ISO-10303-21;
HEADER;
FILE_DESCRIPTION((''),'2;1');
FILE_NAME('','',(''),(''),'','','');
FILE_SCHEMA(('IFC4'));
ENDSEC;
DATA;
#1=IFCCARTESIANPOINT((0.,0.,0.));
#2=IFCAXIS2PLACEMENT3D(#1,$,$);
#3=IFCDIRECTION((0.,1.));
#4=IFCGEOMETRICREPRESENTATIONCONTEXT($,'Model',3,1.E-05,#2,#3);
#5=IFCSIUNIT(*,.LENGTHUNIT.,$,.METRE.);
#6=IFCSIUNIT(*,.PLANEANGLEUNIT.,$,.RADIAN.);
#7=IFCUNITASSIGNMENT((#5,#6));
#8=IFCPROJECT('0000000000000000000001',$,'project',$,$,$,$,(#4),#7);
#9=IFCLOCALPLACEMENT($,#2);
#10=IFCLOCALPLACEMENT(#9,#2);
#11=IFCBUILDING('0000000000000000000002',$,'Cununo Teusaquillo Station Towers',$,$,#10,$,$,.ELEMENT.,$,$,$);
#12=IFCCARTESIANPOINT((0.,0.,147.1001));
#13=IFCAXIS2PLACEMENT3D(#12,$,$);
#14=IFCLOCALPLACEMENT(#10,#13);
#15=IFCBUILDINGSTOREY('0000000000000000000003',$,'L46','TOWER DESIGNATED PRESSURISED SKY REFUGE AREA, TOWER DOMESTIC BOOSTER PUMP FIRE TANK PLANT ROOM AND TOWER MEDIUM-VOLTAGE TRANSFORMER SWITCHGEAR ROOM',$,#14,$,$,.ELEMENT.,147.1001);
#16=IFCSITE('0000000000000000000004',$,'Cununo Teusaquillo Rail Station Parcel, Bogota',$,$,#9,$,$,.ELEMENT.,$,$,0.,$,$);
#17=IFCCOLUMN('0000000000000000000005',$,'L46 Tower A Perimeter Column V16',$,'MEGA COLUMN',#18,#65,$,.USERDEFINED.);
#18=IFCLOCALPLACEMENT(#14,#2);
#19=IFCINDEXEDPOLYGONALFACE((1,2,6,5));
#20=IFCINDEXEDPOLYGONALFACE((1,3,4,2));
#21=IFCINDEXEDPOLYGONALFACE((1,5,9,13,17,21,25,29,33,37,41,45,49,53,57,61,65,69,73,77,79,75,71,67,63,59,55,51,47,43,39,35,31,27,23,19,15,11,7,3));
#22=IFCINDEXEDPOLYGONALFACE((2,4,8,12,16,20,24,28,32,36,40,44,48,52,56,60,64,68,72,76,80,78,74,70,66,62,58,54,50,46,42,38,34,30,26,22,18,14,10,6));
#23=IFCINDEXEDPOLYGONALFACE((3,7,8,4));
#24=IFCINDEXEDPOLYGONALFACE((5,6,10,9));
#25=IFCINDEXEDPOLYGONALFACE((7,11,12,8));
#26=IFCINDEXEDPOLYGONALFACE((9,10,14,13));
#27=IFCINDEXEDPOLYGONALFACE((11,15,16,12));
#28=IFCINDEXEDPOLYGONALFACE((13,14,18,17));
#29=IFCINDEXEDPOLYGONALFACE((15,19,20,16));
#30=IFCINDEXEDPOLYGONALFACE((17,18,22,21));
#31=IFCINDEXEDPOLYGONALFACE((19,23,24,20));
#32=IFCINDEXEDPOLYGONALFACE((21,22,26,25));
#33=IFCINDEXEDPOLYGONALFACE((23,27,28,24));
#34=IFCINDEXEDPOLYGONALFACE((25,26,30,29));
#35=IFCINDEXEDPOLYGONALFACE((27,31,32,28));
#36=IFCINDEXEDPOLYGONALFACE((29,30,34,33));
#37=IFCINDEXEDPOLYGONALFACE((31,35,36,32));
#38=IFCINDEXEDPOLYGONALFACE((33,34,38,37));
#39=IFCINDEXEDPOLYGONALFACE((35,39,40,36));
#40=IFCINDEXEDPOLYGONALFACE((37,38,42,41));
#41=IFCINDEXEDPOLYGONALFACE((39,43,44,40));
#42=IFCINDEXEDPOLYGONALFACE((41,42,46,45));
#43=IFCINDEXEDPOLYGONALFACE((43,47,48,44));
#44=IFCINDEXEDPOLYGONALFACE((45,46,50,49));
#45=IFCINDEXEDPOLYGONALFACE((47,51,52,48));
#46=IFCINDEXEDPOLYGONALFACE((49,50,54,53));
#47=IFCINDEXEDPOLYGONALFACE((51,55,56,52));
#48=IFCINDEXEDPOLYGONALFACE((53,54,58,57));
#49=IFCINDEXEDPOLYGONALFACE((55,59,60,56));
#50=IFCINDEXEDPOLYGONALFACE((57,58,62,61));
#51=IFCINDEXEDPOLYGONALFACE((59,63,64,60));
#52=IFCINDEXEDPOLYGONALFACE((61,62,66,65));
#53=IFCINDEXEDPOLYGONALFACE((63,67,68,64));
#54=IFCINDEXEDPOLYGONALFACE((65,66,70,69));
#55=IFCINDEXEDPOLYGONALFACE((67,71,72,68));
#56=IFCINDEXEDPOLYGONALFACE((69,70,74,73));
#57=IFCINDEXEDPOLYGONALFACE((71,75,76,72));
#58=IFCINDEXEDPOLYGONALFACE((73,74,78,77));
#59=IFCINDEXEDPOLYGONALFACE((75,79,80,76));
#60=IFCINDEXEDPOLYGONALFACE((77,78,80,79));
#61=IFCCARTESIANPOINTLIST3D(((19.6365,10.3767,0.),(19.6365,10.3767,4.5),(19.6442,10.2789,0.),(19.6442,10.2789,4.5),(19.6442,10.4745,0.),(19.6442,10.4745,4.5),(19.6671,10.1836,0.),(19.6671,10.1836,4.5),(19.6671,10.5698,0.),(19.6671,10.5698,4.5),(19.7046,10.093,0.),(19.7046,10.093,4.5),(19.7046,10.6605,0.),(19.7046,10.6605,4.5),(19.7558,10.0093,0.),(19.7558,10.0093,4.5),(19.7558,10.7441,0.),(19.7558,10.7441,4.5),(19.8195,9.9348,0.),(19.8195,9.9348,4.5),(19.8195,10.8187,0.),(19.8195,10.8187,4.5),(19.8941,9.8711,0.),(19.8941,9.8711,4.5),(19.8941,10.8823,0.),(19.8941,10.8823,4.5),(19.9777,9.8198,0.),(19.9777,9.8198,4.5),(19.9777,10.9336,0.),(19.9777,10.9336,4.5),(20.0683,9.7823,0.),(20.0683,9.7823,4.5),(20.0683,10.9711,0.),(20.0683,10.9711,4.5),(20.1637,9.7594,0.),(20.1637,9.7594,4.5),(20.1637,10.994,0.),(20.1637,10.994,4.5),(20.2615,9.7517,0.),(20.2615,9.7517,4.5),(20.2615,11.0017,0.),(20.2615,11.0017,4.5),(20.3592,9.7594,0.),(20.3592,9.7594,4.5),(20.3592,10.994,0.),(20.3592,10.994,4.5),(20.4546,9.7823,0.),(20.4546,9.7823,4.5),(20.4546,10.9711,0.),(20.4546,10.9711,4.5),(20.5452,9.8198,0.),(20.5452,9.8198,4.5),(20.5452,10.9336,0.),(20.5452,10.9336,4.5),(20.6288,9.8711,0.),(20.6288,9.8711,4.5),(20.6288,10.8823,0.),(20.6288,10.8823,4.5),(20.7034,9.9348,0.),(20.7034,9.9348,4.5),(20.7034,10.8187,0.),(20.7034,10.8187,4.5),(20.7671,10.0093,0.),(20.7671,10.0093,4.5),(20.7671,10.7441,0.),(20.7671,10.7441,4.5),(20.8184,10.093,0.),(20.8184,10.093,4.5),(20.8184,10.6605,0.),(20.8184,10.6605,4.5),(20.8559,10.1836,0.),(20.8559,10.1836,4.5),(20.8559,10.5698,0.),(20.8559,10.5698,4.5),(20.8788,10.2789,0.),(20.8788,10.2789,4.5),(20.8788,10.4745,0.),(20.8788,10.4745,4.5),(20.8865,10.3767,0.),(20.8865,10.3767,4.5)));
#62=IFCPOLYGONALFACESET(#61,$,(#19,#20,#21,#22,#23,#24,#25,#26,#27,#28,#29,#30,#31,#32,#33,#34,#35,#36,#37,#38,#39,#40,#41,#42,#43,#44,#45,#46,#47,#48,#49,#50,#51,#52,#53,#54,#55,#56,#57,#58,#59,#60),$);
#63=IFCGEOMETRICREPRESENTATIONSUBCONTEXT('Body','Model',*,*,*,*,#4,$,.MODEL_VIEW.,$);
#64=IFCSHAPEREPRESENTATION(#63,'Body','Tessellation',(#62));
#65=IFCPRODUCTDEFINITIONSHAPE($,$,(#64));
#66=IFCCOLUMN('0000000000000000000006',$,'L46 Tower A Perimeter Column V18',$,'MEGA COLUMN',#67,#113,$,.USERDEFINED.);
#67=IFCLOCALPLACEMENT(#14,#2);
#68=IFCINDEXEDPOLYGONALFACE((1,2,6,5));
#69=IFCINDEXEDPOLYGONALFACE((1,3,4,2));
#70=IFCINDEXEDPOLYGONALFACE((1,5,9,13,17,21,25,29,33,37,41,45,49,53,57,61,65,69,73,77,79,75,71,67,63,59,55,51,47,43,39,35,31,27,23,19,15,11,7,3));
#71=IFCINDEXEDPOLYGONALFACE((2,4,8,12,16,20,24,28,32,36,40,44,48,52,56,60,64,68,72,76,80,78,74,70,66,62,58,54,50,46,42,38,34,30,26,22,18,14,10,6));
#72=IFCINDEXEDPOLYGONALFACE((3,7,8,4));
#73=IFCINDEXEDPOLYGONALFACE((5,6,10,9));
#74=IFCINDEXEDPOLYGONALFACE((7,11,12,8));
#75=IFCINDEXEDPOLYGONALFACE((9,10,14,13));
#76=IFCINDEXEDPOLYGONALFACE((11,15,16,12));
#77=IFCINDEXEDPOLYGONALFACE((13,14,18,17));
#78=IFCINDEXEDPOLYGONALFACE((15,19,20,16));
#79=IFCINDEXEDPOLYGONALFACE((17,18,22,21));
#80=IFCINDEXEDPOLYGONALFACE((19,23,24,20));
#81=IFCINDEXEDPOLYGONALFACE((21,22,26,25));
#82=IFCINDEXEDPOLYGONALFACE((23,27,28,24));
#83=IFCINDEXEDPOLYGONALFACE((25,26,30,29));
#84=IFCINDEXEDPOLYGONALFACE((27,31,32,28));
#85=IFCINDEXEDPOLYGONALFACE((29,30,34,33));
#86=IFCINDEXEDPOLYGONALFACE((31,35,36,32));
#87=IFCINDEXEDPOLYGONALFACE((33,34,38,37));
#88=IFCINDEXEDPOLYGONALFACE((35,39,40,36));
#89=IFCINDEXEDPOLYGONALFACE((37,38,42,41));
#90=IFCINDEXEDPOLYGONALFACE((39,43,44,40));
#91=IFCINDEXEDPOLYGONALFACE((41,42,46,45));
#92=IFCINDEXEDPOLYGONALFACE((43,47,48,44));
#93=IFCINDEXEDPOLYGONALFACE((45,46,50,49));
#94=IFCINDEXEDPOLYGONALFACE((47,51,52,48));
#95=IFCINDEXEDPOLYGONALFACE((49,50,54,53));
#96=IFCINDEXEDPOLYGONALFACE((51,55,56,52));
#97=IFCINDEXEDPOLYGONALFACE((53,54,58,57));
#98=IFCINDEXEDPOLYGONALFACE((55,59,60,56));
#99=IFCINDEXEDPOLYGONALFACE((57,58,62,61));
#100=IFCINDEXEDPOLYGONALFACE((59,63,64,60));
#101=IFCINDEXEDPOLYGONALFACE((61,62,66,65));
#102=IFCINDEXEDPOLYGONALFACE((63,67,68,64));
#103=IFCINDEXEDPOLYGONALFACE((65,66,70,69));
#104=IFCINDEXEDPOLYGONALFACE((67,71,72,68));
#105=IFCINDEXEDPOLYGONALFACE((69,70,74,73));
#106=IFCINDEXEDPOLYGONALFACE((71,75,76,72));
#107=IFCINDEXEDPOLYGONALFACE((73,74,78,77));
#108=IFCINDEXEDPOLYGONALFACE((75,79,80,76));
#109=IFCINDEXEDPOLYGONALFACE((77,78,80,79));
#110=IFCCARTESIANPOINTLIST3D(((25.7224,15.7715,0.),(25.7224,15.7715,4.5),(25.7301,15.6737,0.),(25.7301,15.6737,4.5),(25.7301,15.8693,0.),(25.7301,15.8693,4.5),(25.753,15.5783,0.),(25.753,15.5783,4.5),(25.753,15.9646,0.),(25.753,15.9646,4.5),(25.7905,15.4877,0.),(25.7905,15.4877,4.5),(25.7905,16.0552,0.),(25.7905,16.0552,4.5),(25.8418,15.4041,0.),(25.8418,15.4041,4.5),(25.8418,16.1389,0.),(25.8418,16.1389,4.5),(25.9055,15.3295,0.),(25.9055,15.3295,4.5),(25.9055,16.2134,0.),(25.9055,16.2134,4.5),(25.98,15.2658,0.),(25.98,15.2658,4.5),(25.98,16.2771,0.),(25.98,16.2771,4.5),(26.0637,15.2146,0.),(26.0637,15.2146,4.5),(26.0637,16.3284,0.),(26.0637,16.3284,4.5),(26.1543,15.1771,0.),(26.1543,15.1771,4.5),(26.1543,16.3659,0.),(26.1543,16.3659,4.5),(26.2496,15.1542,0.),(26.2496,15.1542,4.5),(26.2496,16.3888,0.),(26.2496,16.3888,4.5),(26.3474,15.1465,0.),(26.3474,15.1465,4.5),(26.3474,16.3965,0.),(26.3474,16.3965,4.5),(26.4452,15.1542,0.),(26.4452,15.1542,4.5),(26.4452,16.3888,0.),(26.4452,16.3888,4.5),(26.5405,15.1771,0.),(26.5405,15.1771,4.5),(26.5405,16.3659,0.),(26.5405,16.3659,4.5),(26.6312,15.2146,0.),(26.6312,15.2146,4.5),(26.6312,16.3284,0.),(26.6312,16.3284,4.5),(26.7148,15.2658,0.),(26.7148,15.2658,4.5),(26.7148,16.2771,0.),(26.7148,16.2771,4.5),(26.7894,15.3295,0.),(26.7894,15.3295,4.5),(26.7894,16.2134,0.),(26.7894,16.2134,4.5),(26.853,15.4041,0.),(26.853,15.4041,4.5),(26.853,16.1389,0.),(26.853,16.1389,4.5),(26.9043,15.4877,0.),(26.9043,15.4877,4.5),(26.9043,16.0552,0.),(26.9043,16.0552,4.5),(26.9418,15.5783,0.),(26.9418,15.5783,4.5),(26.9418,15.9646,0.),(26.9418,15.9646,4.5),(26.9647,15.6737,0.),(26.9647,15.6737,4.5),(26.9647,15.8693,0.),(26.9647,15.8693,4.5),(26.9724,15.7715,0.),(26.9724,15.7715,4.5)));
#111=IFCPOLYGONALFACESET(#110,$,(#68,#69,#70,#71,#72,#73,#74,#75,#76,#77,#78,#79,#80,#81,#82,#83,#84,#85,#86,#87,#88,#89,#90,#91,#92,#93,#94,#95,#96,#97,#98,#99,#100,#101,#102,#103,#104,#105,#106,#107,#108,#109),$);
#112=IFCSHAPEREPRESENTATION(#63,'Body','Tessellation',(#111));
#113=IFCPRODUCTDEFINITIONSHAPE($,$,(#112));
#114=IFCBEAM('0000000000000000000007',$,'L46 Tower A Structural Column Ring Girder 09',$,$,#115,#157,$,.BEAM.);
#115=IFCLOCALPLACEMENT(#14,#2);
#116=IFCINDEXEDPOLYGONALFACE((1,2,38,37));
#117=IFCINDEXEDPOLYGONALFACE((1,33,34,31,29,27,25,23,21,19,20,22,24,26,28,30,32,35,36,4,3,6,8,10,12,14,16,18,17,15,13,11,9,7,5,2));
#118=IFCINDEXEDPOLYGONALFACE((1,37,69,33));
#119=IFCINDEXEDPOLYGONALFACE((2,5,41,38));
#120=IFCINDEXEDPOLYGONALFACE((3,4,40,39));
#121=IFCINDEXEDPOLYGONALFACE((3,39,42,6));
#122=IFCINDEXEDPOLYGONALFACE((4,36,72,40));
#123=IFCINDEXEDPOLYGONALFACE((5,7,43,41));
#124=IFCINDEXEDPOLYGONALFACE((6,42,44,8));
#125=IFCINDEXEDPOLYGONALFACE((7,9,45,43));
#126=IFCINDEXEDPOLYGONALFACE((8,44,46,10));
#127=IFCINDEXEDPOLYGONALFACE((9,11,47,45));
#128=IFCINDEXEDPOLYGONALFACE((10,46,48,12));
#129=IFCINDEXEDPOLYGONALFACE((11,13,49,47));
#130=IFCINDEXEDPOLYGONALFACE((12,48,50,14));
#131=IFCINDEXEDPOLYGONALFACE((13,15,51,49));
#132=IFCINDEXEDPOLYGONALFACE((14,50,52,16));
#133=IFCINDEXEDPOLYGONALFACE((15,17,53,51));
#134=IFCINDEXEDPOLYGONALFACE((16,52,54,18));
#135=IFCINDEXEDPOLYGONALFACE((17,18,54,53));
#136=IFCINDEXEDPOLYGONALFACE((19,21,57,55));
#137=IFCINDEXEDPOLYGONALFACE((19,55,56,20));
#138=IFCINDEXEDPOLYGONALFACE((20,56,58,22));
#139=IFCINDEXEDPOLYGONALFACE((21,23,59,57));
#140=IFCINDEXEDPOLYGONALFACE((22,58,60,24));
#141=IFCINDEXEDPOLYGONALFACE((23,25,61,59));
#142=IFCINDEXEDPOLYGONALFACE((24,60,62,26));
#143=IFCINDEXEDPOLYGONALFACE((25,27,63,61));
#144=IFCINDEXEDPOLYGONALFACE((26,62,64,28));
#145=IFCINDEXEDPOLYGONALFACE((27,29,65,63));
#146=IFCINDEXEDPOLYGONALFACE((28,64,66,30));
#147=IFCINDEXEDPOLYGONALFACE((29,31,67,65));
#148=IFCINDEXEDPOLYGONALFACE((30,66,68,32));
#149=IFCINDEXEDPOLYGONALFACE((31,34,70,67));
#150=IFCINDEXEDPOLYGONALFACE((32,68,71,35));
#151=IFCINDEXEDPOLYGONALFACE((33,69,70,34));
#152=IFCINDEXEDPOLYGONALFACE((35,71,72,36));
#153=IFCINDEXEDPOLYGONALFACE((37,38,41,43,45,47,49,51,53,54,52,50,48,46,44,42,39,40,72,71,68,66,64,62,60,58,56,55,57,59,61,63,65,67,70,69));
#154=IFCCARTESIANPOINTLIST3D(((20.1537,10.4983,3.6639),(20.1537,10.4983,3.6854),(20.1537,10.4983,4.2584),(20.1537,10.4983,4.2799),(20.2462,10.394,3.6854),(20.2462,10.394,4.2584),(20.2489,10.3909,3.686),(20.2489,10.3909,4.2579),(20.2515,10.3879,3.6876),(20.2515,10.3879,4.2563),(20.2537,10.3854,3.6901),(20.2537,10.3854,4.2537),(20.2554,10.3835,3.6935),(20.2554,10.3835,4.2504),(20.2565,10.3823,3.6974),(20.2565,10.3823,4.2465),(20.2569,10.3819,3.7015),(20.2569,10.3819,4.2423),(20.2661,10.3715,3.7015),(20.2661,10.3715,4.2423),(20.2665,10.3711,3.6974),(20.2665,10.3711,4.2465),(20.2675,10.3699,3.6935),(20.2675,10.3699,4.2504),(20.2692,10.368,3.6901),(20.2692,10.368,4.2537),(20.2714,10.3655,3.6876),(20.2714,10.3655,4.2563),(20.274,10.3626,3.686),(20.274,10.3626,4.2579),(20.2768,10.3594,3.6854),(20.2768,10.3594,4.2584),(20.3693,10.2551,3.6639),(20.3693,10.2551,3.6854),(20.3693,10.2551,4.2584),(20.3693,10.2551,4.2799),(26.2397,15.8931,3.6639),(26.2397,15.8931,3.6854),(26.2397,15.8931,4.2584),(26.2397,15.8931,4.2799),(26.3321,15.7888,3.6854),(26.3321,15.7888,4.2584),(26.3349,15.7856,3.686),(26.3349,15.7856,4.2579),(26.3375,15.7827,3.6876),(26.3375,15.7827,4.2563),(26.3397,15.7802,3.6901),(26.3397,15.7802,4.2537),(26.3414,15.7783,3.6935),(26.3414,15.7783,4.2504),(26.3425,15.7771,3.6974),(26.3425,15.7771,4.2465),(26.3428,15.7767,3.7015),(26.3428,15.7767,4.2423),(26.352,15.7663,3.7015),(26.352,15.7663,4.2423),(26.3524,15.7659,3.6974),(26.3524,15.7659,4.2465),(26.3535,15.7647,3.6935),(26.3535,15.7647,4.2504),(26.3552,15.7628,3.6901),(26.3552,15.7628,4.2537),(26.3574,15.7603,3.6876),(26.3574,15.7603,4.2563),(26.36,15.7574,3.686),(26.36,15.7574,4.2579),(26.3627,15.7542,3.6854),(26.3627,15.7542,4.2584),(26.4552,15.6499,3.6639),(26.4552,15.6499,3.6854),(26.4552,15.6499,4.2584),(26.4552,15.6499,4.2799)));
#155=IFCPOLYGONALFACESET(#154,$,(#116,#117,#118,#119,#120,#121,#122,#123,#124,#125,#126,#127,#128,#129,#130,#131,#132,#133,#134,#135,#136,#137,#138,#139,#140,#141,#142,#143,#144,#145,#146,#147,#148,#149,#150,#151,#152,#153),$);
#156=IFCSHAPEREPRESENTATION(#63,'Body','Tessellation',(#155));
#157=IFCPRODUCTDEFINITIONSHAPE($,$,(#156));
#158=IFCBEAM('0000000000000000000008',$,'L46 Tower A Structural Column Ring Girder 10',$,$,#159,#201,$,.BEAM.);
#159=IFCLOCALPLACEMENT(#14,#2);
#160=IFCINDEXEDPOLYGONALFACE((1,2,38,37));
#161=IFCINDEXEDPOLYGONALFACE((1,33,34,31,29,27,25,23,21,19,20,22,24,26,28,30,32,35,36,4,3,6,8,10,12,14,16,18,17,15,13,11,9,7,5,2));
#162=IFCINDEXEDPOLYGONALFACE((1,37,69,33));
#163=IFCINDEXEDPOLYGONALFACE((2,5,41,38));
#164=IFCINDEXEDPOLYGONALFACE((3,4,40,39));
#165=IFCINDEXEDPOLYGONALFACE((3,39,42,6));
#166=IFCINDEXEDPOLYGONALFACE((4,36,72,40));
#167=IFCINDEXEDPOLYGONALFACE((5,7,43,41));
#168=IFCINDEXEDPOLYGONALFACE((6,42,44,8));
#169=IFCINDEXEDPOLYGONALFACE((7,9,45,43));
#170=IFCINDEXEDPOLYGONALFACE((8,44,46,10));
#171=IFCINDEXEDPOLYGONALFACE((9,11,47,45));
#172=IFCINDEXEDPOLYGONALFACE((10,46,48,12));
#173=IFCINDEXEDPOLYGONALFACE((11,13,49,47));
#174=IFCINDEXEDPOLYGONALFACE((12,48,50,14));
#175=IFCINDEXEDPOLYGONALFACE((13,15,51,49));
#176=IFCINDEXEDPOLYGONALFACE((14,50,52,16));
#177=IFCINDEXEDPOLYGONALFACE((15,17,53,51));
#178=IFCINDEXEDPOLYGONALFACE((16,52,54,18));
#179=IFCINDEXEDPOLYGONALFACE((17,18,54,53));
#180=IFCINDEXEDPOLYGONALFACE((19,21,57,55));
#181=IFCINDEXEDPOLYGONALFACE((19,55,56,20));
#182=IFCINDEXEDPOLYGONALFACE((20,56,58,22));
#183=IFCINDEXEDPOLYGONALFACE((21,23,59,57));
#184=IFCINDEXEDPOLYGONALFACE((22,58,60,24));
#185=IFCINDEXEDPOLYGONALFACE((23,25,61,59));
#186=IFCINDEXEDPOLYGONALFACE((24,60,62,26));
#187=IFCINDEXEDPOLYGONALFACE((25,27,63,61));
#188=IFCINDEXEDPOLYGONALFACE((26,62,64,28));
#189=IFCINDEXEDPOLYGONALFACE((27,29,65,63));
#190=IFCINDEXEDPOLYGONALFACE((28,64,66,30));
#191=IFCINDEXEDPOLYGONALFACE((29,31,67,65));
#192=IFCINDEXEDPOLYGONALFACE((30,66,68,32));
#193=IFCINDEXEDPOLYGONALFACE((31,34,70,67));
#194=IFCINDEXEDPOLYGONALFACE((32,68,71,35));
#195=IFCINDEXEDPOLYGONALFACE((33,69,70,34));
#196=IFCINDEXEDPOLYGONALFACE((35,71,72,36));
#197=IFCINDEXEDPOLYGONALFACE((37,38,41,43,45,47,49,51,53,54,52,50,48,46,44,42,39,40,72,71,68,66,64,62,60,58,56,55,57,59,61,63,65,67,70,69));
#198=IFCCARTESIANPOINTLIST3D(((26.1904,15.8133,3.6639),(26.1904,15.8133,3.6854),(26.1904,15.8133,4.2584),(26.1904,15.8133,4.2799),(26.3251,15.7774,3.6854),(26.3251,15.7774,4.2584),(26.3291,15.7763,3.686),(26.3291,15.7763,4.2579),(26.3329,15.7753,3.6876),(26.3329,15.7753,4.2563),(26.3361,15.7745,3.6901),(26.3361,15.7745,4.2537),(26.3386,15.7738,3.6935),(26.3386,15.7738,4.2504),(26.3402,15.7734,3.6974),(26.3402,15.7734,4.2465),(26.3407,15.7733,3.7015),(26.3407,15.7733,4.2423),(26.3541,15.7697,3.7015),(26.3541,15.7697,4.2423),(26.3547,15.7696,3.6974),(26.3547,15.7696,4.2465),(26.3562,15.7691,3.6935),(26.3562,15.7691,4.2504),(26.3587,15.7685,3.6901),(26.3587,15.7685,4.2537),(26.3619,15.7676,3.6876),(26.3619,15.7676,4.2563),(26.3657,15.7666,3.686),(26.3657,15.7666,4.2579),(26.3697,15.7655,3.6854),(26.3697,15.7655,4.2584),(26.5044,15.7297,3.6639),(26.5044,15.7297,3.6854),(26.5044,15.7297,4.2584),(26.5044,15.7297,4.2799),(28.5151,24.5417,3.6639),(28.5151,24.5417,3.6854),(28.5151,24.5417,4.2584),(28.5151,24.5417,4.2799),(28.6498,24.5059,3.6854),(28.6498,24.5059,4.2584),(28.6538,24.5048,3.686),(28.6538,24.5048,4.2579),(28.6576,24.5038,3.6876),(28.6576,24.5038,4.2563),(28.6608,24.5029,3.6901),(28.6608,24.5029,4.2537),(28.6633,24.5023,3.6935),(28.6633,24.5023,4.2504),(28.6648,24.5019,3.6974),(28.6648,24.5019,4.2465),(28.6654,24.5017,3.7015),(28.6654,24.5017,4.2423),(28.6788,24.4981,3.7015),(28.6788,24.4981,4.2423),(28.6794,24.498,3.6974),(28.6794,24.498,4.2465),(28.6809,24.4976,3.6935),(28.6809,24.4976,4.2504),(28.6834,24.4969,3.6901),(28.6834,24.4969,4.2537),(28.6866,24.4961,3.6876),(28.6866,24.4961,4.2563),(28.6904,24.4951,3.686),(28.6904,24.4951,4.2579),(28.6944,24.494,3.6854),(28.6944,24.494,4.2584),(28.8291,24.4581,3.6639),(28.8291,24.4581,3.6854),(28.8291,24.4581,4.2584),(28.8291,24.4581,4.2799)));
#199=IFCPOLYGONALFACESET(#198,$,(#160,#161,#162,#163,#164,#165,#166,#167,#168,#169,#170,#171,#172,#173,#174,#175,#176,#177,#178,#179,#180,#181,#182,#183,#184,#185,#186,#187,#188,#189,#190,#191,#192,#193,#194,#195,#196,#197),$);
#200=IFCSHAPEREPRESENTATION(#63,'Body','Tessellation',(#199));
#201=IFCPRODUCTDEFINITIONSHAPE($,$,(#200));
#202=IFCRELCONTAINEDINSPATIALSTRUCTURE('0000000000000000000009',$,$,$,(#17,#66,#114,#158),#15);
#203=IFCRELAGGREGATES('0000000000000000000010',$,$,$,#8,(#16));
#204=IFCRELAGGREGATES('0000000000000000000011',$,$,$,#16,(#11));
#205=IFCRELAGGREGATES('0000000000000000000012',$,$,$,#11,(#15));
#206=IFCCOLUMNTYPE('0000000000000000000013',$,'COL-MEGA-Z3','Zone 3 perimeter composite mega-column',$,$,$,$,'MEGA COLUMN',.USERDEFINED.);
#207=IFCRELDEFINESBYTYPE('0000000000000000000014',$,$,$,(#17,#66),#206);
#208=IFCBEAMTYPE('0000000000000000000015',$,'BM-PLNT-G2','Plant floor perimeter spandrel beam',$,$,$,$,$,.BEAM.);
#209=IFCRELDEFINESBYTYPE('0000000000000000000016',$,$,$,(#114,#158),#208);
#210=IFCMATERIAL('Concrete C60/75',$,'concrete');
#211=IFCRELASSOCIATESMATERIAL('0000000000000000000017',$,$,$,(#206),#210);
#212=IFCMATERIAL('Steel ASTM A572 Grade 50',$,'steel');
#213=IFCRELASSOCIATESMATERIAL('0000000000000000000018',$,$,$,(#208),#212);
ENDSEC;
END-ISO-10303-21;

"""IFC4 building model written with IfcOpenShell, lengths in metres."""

from ifc_helpers import new_model, si_unit, direction, frame, origin, origin_2d, place, context, subcontext, project, spatial, circle, i_section, extrude, material, material_profile, profile_set, type_object, element, save


model = new_model("IFC4")

# Units and contexts
model_context = context("Model", 3, precision=1e-05, world=origin(), true_north=direction((0.0, 1.0)))
body_context = subcontext(model_context, "Body", "Model", "MODEL_VIEW")
ifc_project = project(units=[si_unit("LENGTHUNIT", "METRE"), si_unit("PLANEANGLEUNIT", "RADIAN")], contexts=[model_context])

# Site, building, storey
site_placement = place(None, origin())
site = spatial("IfcSite", under=ifc_project, at=site_placement, Name="Cununo Teusaquillo Rail Station Parcel, Bogota", CompositionType="ELEMENT", RefElevation=0.0)
building_placement = place(site_placement, origin())
building = spatial("IfcBuilding", under=site, at=building_placement, Name="Cununo Teusaquillo Station Towers", CompositionType="ELEMENT")
storey_placement = place(building_placement, frame((0.0, 0.0, 147.1001)))
storey = spatial("IfcBuildingStorey", under=building, at=storey_placement, Name="L46", Description="TOWER DESIGNATED PRESSURISED SKY REFUGE AREA, TOWER DOMESTIC BOOSTER PUMP FIRE TANK PLANT ROOM AND TOWER MEDIUM-VOLTAGE TRANSFORMER SWITCHGEAR ROOM", CompositionType="ELEMENT", Elevation=147.1001)

# Columns
ifc_material_1 = material(Name="Concrete C60/75", Category="concrete")
ifc_material_profile_1 = material_profile(ifc_material_1, circle(Radius=0.625, at=origin_2d()), Name="RC-CIRC-1250")
ifc_profile_set_1 = profile_set([ifc_material_profile_1], Name="Concrete C60/75")
column_type = type_object("IfcColumnType", Name="COL-MEGA-Z3", Description="Zone 3 perimeter composite mega-column", ElementType="MEGA COLUMN", PredefinedType="USERDEFINED", material=ifc_profile_set_1)
for number, where, z_axis, x_axis, name in (
    (1, (20.2615, 10.3767, 0.0), (0.0, 0.0, 1.0), (1.0, 0.0, 0.0), "L46 Tower A Perimeter Column V16"),
    (2, (26.3474, 15.7715, 0.0), (0.0, 0.0, 1.0), (1.0, 0.0, 0.0), "L46 Tower A Perimeter Column V18"),
):
    element("IfcColumn", number, at=place(storey_placement, frame(where, z_axis=z_axis, x_axis=x_axis)), inside=storey, type_object=column_type, Name=name, ObjectType="MEGA COLUMN", PredefinedType="USERDEFINED", context=body_context, shape_type="SweptSolid", body=[
        extrude(circle(Radius=0.625, at=origin_2d()), origin(), (0.0, 0.0, 1.0), 4.5),
    ])

# Beams
ifc_material_2 = material(Name="Steel ASTM A572 Grade 50", Category="steel")
ifc_material_profile_2 = material_profile(ifc_material_2, i_section(OverallWidth=0.325, OverallDepth=0.616, WebThickness=0.0139, FlangeThickness=0.0215, FilletRadius=0.0161, at=origin_2d()), Name="W24X117")
ifc_profile_set_2 = profile_set([ifc_material_profile_2], Name="Steel ASTM A572 Grade 50")
beam_type_1 = type_object("IfcBeamType", Name="BM-PLNT-G2", Description="Plant floor perimeter spandrel beam", PredefinedType="BEAM", material=ifc_profile_set_2)
beam_1_placement = place(storey_placement, frame((20.2615, 10.3767, 3.9719), z_axis=(0.748321, 0.663337, 0.0), x_axis=(-0.663337, 0.748321, 0.0)))
element("IfcBeam", 3, at=beam_1_placement, inside=storey, type_object=beam_type_1, Name="L46 Tower A Structural Column Ring Girder 09", PredefinedType="BEAM", context=body_context, shape_type="SweptSolid", body=[
    extrude(i_section(OverallWidth=0.325, OverallDepth=0.616, WebThickness=0.0139, FlangeThickness=0.0215, FilletRadius=0.0161, at=origin_2d()), origin(), (0.0, 0.0, 1.0), 8.1328),
])
beam_2_placement = place(storey_placement, frame((26.3474, 15.7715, 3.9719), z_axis=(0.257363, 0.966315, 0.0), x_axis=(-0.966315, 0.257363, 0.0)))
element("IfcBeam", 4, at=beam_2_placement, inside=storey, type_object=beam_type_1, Name="L46 Tower A Structural Column Ring Girder 10", PredefinedType="BEAM", context=body_context, shape_type="SweptSolid", body=[
    extrude(i_section(OverallWidth=0.325, OverallDepth=0.616, WebThickness=0.0139, FlangeThickness=0.0215, FilletRadius=0.0161, at=origin_2d()), origin(), (0.0, 0.0, 1.0), 9.0327),
])

save(model, "model.ifc")
